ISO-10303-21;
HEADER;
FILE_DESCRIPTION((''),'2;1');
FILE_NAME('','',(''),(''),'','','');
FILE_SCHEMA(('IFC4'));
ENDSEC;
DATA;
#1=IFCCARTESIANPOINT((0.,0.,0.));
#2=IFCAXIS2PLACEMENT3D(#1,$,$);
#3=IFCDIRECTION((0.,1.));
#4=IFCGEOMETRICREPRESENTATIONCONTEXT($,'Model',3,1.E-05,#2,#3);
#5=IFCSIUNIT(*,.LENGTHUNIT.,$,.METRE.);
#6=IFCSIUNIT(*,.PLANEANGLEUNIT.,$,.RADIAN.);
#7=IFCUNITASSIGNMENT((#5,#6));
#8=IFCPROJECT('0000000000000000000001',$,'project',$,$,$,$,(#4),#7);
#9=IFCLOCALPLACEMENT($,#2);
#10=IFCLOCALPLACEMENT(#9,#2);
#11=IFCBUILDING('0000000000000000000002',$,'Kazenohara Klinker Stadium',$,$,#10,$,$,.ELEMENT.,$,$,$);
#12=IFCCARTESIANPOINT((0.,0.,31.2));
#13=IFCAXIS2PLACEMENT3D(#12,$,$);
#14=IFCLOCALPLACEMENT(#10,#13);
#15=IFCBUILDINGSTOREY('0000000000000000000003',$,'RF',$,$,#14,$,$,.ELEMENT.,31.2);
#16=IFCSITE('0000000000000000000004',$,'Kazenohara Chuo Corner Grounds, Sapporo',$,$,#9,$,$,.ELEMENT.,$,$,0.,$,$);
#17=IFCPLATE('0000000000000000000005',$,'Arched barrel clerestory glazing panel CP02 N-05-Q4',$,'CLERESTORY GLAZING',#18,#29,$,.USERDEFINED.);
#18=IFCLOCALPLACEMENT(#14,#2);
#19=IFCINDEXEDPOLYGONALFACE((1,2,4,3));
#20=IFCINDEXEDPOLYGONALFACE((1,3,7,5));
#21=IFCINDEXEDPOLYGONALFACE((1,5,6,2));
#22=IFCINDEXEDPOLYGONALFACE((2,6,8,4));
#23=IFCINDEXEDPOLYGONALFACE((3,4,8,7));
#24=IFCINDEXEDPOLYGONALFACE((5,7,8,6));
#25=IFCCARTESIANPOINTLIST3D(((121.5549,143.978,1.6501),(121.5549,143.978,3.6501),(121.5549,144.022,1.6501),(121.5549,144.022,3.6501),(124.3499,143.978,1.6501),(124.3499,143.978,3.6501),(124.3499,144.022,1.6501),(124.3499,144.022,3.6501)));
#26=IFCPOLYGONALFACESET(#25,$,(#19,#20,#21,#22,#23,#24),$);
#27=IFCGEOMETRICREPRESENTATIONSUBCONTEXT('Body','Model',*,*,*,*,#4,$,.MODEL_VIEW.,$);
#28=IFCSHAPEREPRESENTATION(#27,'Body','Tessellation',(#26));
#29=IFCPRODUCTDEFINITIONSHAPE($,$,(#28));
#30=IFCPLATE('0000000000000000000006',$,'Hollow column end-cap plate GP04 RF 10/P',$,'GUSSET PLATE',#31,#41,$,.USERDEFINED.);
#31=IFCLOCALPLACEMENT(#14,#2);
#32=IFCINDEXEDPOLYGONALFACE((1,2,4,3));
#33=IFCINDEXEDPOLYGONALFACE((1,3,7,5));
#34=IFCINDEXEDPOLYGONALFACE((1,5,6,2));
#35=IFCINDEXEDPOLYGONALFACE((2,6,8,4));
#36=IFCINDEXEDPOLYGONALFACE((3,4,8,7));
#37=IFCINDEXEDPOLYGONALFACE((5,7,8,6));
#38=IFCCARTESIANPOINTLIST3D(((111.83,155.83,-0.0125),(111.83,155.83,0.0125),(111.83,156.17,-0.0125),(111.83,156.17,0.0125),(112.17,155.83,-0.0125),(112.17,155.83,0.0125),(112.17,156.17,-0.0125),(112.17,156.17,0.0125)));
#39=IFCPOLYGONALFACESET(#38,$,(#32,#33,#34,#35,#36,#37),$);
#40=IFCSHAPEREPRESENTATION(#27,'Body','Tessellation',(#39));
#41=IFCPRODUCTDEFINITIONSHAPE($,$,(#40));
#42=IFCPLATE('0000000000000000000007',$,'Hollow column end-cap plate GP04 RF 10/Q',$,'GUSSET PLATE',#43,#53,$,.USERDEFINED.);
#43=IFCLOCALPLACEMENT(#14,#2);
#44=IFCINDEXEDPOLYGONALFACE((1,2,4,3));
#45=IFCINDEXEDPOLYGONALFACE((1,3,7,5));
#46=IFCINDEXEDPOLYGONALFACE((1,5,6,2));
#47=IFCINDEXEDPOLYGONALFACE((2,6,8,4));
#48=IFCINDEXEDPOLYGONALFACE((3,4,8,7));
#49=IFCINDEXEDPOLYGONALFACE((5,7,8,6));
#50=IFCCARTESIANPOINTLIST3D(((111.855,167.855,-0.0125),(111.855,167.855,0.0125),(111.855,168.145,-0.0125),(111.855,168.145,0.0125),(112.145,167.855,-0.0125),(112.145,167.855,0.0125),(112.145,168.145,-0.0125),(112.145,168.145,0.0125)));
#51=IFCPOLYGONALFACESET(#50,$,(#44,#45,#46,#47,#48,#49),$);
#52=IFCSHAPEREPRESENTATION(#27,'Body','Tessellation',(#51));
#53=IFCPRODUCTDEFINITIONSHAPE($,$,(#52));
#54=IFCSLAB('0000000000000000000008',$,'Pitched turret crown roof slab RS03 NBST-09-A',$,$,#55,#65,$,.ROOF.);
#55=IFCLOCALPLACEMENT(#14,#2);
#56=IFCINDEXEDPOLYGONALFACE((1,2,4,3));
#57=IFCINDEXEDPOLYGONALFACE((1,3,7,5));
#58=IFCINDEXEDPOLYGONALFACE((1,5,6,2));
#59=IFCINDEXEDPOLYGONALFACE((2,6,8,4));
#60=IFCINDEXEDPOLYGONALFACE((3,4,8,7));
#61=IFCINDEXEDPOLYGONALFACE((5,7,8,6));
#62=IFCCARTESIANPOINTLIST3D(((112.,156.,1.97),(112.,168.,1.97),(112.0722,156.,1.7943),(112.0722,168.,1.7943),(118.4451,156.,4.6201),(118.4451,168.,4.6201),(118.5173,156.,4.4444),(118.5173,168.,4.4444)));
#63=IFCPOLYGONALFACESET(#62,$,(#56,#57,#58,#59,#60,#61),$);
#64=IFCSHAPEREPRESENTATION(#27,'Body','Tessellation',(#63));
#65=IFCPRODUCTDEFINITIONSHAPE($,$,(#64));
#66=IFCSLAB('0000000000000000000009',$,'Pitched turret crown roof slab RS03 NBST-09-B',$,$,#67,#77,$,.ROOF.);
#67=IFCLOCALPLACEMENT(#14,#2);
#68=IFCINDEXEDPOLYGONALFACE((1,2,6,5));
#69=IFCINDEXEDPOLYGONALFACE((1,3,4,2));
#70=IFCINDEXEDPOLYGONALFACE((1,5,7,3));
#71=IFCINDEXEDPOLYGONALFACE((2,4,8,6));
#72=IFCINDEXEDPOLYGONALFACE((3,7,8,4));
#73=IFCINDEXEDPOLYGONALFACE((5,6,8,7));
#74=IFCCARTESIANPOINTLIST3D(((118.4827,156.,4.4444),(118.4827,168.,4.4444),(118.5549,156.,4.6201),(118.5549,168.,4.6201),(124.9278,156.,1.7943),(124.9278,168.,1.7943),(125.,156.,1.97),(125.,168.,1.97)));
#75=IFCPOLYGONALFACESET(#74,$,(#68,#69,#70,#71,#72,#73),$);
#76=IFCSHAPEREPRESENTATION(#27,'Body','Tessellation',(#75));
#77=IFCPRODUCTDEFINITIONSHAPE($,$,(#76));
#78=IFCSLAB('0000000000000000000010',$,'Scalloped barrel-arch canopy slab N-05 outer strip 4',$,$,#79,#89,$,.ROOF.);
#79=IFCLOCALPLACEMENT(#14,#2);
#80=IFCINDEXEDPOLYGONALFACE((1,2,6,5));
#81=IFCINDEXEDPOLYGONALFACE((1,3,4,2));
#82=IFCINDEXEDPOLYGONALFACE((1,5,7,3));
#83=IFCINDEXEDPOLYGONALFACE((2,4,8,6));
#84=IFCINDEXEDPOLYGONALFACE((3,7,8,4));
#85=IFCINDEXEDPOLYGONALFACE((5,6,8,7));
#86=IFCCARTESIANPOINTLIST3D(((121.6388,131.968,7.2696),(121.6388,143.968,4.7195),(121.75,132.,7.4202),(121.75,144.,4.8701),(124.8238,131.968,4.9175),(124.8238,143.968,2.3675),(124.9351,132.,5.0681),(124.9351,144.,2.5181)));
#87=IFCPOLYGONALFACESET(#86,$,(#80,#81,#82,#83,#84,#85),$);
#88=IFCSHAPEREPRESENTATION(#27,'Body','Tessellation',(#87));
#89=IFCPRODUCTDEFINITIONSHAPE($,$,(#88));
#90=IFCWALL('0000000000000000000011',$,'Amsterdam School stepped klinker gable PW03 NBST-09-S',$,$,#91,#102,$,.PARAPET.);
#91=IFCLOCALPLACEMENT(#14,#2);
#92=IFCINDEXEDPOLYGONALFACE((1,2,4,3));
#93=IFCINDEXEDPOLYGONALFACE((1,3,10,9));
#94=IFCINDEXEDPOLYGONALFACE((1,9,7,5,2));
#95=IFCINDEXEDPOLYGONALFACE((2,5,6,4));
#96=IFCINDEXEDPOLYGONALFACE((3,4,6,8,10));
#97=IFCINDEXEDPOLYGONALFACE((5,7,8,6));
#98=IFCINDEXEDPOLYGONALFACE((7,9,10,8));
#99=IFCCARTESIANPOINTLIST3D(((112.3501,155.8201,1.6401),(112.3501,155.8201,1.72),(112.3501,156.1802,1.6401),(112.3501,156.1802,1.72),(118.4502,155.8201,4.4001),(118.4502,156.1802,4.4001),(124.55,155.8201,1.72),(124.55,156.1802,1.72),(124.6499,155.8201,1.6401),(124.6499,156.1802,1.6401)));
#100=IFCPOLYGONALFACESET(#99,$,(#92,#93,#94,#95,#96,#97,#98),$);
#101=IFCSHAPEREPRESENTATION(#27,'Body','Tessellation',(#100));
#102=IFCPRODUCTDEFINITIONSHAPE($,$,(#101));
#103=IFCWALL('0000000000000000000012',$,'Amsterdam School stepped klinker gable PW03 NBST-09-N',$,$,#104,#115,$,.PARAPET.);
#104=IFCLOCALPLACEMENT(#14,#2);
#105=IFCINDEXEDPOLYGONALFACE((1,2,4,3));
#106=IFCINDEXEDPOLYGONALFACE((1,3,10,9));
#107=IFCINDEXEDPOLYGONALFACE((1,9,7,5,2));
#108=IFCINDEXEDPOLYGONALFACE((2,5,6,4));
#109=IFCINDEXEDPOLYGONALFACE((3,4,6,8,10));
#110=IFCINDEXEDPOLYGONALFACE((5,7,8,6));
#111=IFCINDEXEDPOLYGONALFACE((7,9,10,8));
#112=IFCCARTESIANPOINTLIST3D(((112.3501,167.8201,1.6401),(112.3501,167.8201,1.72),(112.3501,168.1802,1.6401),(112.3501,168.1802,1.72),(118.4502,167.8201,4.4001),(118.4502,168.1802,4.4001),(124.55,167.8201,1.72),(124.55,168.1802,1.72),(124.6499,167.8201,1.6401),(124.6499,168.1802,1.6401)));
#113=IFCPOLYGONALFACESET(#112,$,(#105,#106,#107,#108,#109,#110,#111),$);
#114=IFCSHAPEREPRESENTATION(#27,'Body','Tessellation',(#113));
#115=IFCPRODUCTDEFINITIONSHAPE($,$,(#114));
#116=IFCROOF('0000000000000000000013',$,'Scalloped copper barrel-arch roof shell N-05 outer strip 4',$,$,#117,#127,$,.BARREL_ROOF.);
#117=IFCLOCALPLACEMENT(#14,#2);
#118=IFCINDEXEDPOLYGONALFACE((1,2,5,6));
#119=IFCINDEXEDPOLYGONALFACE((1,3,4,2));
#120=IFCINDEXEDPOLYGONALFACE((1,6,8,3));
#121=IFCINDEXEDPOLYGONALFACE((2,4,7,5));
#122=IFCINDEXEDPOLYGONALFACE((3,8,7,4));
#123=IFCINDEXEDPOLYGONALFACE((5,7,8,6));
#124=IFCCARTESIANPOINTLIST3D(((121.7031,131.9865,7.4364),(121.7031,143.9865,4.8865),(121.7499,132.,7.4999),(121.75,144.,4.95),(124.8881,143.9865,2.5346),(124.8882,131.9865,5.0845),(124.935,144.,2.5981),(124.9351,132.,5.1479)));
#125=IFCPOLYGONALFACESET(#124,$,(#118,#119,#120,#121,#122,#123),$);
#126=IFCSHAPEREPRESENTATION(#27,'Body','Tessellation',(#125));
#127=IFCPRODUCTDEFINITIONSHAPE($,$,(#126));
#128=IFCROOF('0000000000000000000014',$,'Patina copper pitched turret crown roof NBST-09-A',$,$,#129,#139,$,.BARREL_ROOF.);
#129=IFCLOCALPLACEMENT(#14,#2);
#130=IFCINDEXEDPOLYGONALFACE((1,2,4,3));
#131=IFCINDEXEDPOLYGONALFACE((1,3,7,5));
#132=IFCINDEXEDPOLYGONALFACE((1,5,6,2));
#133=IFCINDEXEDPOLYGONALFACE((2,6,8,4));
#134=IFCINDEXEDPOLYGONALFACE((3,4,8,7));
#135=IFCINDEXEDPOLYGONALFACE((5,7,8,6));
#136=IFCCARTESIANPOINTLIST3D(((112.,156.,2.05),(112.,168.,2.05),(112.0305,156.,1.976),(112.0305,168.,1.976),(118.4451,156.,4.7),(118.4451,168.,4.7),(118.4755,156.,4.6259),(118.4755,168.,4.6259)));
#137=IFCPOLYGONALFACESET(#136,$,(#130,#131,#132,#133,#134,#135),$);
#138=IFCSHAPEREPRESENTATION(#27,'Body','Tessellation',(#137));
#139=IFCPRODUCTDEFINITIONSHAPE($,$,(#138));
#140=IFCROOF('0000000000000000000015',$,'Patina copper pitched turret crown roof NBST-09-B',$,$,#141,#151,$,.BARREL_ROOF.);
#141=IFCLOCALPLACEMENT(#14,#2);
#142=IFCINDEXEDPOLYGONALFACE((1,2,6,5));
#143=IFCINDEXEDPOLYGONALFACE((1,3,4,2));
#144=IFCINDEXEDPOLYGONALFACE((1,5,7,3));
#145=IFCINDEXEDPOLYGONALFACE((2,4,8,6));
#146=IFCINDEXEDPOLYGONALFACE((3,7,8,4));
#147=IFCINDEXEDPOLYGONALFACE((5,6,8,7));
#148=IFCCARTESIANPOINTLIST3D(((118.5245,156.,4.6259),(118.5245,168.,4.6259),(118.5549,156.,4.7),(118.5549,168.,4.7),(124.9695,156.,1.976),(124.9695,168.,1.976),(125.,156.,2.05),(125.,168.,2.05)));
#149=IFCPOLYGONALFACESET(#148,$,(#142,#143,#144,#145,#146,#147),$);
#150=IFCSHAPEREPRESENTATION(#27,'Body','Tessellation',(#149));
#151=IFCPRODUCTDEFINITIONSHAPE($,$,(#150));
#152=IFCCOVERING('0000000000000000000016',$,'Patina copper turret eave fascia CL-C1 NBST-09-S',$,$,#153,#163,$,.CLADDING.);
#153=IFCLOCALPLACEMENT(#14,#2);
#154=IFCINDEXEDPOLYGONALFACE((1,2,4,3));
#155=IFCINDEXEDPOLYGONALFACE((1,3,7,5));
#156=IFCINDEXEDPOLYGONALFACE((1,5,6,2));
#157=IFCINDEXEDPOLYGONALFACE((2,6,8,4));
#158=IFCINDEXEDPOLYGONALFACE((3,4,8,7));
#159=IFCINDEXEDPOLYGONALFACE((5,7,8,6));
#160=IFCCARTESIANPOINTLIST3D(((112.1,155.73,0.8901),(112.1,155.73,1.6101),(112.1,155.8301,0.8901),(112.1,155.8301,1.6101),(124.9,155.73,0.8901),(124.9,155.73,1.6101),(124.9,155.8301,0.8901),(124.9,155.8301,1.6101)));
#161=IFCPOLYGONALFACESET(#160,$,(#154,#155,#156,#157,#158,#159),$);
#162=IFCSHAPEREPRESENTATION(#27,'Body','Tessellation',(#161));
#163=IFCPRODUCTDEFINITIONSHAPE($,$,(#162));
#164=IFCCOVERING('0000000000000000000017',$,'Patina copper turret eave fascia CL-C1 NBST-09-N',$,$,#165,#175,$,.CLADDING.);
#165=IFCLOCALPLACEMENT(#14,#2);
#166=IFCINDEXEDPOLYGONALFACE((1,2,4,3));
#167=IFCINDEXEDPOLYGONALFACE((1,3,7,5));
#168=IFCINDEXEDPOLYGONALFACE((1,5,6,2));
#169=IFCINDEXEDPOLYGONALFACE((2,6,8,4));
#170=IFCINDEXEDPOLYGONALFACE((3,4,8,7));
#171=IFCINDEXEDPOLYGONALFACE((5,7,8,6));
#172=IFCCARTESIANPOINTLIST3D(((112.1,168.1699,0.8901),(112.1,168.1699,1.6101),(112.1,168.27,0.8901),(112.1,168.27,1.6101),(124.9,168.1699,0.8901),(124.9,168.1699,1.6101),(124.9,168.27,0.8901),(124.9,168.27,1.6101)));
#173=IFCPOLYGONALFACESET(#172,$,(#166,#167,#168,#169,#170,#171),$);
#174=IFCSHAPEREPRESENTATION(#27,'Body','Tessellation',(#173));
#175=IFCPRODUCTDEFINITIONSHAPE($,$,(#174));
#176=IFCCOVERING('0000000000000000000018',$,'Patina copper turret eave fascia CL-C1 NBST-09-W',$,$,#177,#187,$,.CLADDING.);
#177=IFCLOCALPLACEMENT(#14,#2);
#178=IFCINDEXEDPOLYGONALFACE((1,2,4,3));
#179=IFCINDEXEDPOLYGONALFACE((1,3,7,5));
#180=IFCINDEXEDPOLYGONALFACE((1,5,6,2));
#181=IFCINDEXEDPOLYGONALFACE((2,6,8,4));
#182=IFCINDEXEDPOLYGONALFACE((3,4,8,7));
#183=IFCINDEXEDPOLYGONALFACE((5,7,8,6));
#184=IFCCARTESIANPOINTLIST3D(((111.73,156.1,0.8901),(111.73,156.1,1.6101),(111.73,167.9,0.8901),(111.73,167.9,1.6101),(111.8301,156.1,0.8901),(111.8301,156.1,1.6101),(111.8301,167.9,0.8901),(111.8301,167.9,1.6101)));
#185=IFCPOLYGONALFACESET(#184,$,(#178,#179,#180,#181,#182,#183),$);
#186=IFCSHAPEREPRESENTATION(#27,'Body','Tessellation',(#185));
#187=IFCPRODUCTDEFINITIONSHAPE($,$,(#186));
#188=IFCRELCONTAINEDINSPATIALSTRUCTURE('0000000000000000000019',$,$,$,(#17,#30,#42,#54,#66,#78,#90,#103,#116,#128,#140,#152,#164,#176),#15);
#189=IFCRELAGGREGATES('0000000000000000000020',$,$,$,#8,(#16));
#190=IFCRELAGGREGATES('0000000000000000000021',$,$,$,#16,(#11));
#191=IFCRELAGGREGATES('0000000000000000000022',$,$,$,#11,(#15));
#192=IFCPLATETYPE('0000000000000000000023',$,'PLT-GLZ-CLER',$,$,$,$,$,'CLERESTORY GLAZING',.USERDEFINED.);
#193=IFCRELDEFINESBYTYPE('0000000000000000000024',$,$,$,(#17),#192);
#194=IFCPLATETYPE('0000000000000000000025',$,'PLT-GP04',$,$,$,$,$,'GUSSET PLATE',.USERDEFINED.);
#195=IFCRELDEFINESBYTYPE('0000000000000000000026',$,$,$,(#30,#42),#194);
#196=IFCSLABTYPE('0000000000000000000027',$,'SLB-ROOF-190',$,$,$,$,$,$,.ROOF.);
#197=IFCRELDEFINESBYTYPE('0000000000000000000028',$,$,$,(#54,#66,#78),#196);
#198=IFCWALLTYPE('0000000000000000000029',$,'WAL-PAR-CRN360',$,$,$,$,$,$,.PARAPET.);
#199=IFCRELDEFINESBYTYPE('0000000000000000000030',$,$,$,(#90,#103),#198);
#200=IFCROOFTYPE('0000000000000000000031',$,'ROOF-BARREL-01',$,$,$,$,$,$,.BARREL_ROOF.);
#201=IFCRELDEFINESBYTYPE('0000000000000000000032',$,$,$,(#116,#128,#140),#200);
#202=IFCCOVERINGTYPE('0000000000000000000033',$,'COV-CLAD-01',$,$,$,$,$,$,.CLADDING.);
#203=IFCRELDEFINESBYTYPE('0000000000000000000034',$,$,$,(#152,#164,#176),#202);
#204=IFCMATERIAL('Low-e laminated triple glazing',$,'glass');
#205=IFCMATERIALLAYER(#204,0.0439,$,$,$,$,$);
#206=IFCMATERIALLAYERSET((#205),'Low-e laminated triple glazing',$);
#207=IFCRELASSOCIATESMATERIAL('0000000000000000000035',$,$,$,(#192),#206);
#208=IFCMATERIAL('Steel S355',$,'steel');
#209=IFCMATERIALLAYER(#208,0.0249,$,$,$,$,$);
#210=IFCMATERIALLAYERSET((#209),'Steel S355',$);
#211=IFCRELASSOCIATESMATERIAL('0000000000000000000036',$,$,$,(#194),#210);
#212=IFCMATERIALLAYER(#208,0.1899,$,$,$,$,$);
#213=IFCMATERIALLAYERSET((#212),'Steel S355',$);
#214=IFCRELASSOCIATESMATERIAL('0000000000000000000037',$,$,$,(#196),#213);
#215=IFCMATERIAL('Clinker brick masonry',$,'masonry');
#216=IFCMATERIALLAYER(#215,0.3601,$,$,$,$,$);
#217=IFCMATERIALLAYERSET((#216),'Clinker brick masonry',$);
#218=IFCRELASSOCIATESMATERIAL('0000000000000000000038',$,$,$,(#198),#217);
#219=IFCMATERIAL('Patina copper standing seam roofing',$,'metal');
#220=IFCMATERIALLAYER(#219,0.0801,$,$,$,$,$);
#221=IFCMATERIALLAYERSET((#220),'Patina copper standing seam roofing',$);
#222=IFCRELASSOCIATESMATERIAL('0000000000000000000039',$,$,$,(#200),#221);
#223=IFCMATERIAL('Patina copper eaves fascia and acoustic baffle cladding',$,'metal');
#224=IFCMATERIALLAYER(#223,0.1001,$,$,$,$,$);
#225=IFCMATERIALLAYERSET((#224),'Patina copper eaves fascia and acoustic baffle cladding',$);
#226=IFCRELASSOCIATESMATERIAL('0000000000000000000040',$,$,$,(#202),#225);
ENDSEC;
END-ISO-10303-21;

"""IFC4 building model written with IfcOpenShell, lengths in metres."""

from ifc_helpers import new_model, si_unit, direction, frame, origin, origin_2d, place, context, subcontext, project, spatial, polyline, rectangle, outline, extrude, material, layer, layer_set, type_object, element, save


model = new_model("IFC4")

# Units and contexts
model_context = context("Model", 3, precision=1e-05, world=origin(), true_north=direction((0.0, 1.0)))
body_context = subcontext(model_context, "Body", "Model", "MODEL_VIEW")
ifc_project = project(units=[si_unit("LENGTHUNIT", "METRE"), si_unit("PLANEANGLEUNIT", "RADIAN")], contexts=[model_context])

# Site, building, storey
site_placement = place(None, origin())
site = spatial("IfcSite", under=ifc_project, at=site_placement, Name="Kazenohara Chuo Corner Grounds, Sapporo", CompositionType="ELEMENT", RefElevation=0.0)
building_placement = place(site_placement, origin())
building = spatial("IfcBuilding", under=site, at=building_placement, Name="Kazenohara Klinker Stadium", CompositionType="ELEMENT")
storey_placement = place(building_placement, frame((0.0, 0.0, 31.2)))
storey = spatial("IfcBuildingStorey", under=building, at=storey_placement, Name="RF", CompositionType="ELEMENT", Elevation=31.2)

# Shared definitions
ifc_material_1 = material(Name="Steel S355", Category="steel")

# Plates
ifc_material_2 = material(Name="Low-e laminated triple glazing", Category="glass")
ifc_layer_1 = layer(ifc_material_2, 0.0439)
ifc_layer_set_1 = layer_set([ifc_layer_1], Name="Low-e laminated triple glazing")
plate_type_1 = type_object("IfcPlateType", Name="PLT-GLZ-CLER", ElementType="CLERESTORY GLAZING", PredefinedType="USERDEFINED", material=ifc_layer_set_1)
plate_1_placement = place(storey_placement, frame((122.9524, 144.0, 1.6501), z_axis=(0.0, 0.0, 1.0), x_axis=(1.0, 0.0, 0.0)))
element("IfcPlate", 1, at=plate_1_placement, inside=storey, type_object=plate_type_1, Name="Arched barrel clerestory glazing panel CP02 N-05-Q4", ObjectType="CLERESTORY GLAZING", PredefinedType="USERDEFINED", context=body_context, shape_type="SweptSolid", body=[
    extrude(rectangle(XDim=2.7949, YDim=0.0439, at=origin_2d()), origin(), (0.0, 0.0, 1.0), 2.0),
])
ifc_layer_2 = layer(ifc_material_1, 0.0249)
ifc_layer_set_2 = layer_set([ifc_layer_2], Name="Steel S355")
plate_type_2 = type_object("IfcPlateType", Name="PLT-GP04", ElementType="GUSSET PLATE", PredefinedType="USERDEFINED", material=ifc_layer_set_2)
plate_2_placement = place(storey_placement, frame((112.0, 156.0, -0.0125), z_axis=(0.0, 0.0, 1.0), x_axis=(1.0, 0.0, 0.0)))
element("IfcPlate", 2, at=plate_2_placement, inside=storey, type_object=plate_type_2, Name="Hollow column end-cap plate GP04 RF 10/P", ObjectType="GUSSET PLATE", PredefinedType="USERDEFINED", context=body_context, shape_type="SweptSolid", body=[
    extrude(rectangle(XDim=0.3401, YDim=0.3401, at=origin_2d()), origin(), (0.0, 0.0, 1.0), 0.0249),
])
plate_3_placement = place(storey_placement, frame((112.0, 168.0, -0.0125), z_axis=(0.0, 0.0, 1.0), x_axis=(1.0, 0.0, 0.0)))
element("IfcPlate", 3, at=plate_3_placement, inside=storey, type_object=plate_type_2, Name="Hollow column end-cap plate GP04 RF 10/Q", ObjectType="GUSSET PLATE", PredefinedType="USERDEFINED", context=body_context, shape_type="SweptSolid", body=[
    extrude(rectangle(XDim=0.29, YDim=0.29, at=origin_2d()), origin(), (0.0, 0.0, 1.0), 0.0249),
])

# Slabs
ifc_layer_3 = layer(ifc_material_1, 0.1899)
ifc_layer_set_3 = layer_set([ifc_layer_3], Name="Steel S355")
slab_type = type_object("IfcSlabType", Name="SLB-ROOF-190", PredefinedType="ROOF", material=ifc_layer_set_3)
for number, where, z_axis, x_axis, name in (
    (4, (112.0, 156.0, 1.97), (-0.380295, 0.0, 0.924865), (0.924865, 0.0, 0.380295), "Pitched turret crown roof slab RS03 NBST-09-A"),
    (5, (118.5549, 156.0, 4.6201), (0.380295, 0.0, 0.924865), (0.924865, 0.0, -0.380295), "Pitched turret crown roof slab RS03 NBST-09-B"),
):
    element("IfcSlab", number, at=place(storey_placement, frame(where, z_axis=z_axis, x_axis=x_axis)), inside=storey, type_object=slab_type, Name=name, PredefinedType="ROOF", context=body_context, shape_type="SweptSolid", body=[
        extrude(outline(polyline([(0.0, 0.0), (6.9687, 0.0), (6.9687, 12.0), (0.0, 12.0), (0.0, 0.0)])), origin(), (0.0, 0.0, -1.0), 0.1899),
    ])
slab_placement = place(storey_placement, frame((121.75, 144.0, 4.8701), z_axis=(0.58555, 0.168501, 0.79293), x_axis=(0.0, -0.978158, 0.207863)))
element("IfcSlab", 6, at=slab_placement, inside=storey, type_object=slab_type, Name="Scalloped barrel-arch canopy slab N-05 outer strip 4", PredefinedType="ROOF", context=body_context, shape_type="SweptSolid", body=[
    extrude(outline(polyline([(0.0, 0.0), (12.268, 0.0), (11.7791, 3.9291), (-0.4889, 3.9291), (0.0, 0.0)])), origin(), (0.0, 0.0, -1.0), 0.1899),
])

# Walls
ifc_material_3 = material(Name="Clinker brick masonry", Category="masonry")
ifc_layer_4 = layer(ifc_material_3, 0.3601)
ifc_layer_set_4 = layer_set([ifc_layer_4], Name="Clinker brick masonry")
wall_type = type_object("IfcWallType", Name="WAL-PAR-CRN360", PredefinedType="PARAPET", material=ifc_layer_set_4)
for number, where, z_axis, x_axis, name in (
    (7, (112.3501, 156.0, 1.6401), (0.0, 0.0, 1.0), (1.0, 0.0, 0.0), "Amsterdam School stepped klinker gable PW03 NBST-09-S"),
    (8, (112.3501, 168.0, 1.6401), (0.0, 0.0, 1.0), (1.0, 0.0, 0.0), "Amsterdam School stepped klinker gable PW03 NBST-09-N"),
):
    element("IfcWall", number, at=place(storey_placement, frame(where, z_axis=z_axis, x_axis=x_axis)), inside=storey, type_object=wall_type, Name=name, PredefinedType="PARAPET", context=body_context, shape_type="SweptSolid", body=[
        extrude(outline(polyline([(0.0, 0.0), (12.2998, 0.0), (12.2, 0.0798), (6.1001, 2.76), (0.0, 0.0798), (0.0, 0.0)])), frame((0.0, 0.1802, 0.0), z_axis=(0.0, -1.0, 0.0), x_axis=(1.0, 0.0, 0.0)), (0.0, 0.0, 1.0), 0.3601),
    ])

# Roofs
ifc_material_4 = material(Name="Patina copper standing seam roofing", Category="metal")
ifc_layer_5 = layer(ifc_material_4, 0.0801)
ifc_layer_set_5 = layer_set([ifc_layer_5], Name="Patina copper standing seam roofing")
roof_type = type_object("IfcRoofType", Name="ROOF-BARREL-01", PredefinedType="BARREL_ROOF", material=ifc_layer_set_5)
roof_placement = place(storey_placement, frame((121.75, 144.0, 4.95), z_axis=(0.585531, 0.168496, 0.792945), x_axis=(-0.000005, -0.978159, 0.207856)))
element("IfcRoof", 9, at=roof_placement, inside=storey, type_object=roof_type, Name="Scalloped copper barrel-arch roof shell N-05 outer strip 4", PredefinedType="BARREL_ROOF", context=body_context, shape_type="SweptSolid", body=[
    extrude(outline(polyline([(0.0, 0.0), (12.268, 0.0), (11.7791, 3.9291), (-0.4889, 3.9289), (0.0, 0.0)])), origin(), (0.0, 0.0, -1.0), 0.0801),
])
for number, where, z_axis, x_axis, name in (
    (10, (112.0, 156.0, 2.05), (-0.380265, 0.0, 0.924878), (0.924878, 0.0, 0.380265), "Patina copper pitched turret crown roof NBST-09-A"),
    (11, (118.5549, 156.0, 4.7), (0.380265, 0.0, 0.924878), (0.924878, 0.0, -0.380265), "Patina copper pitched turret crown roof NBST-09-B"),
):
    element("IfcRoof", number, at=place(storey_placement, frame(where, z_axis=z_axis, x_axis=x_axis)), inside=storey, type_object=roof_type, Name=name, PredefinedType="BARREL_ROOF", context=body_context, shape_type="SweptSolid", body=[
        extrude(outline(polyline([(0.0, 0.0), (6.9686, 0.0), (6.9686, 12.0), (0.0, 12.0), (0.0, 0.0)])), origin(), (0.0, 0.0, -1.0), 0.0801),
    ])

# Coverings
ifc_material_5 = material(Name="Patina copper eaves fascia and acoustic baffle cladding", Category="metal")
ifc_layer_6 = layer(ifc_material_5, 0.1001)
ifc_layer_set_6 = layer_set([ifc_layer_6], Name="Patina copper eaves fascia and acoustic baffle cladding")
covering_type = type_object("IfcCoveringType", Name="COV-CLAD-01", PredefinedType="CLADDING", material=ifc_layer_set_6)
for number, where, z_axis, x_axis, name in (
    (12, (118.5, 155.78, 0.8901), (0.0, 0.0, 1.0), (1.0, 0.0, 0.0), "Patina copper turret eave fascia CL-C1 NBST-09-S"),
    (13, (118.5, 168.22, 0.8901), (0.0, 0.0, 1.0), (1.0, 0.0, 0.0), "Patina copper turret eave fascia CL-C1 NBST-09-N"),
):
    element("IfcCovering", number, at=place(storey_placement, frame(where, z_axis=z_axis, x_axis=x_axis)), inside=storey, type_object=covering_type, Name=name, PredefinedType="CLADDING", context=body_context, shape_type="SweptSolid", body=[
        extrude(rectangle(XDim=12.8, YDim=0.1001, at=origin_2d()), origin(), (0.0, 0.0, 1.0), 0.72),
    ])
covering_placement = place(storey_placement, frame((111.78, 162.0, 0.8901), z_axis=(0.0, 0.0, 1.0), x_axis=(1.0, 0.0, 0.0)))
element("IfcCovering", 14, at=covering_placement, inside=storey, type_object=covering_type, Name="Patina copper turret eave fascia CL-C1 NBST-09-W", PredefinedType="CLADDING", context=body_context, shape_type="SweptSolid", body=[
    extrude(rectangle(XDim=0.1001, YDim=11.8, at=origin_2d()), origin(), (0.0, 0.0, 1.0), 0.72),
])

save(model, "model.ifc")
